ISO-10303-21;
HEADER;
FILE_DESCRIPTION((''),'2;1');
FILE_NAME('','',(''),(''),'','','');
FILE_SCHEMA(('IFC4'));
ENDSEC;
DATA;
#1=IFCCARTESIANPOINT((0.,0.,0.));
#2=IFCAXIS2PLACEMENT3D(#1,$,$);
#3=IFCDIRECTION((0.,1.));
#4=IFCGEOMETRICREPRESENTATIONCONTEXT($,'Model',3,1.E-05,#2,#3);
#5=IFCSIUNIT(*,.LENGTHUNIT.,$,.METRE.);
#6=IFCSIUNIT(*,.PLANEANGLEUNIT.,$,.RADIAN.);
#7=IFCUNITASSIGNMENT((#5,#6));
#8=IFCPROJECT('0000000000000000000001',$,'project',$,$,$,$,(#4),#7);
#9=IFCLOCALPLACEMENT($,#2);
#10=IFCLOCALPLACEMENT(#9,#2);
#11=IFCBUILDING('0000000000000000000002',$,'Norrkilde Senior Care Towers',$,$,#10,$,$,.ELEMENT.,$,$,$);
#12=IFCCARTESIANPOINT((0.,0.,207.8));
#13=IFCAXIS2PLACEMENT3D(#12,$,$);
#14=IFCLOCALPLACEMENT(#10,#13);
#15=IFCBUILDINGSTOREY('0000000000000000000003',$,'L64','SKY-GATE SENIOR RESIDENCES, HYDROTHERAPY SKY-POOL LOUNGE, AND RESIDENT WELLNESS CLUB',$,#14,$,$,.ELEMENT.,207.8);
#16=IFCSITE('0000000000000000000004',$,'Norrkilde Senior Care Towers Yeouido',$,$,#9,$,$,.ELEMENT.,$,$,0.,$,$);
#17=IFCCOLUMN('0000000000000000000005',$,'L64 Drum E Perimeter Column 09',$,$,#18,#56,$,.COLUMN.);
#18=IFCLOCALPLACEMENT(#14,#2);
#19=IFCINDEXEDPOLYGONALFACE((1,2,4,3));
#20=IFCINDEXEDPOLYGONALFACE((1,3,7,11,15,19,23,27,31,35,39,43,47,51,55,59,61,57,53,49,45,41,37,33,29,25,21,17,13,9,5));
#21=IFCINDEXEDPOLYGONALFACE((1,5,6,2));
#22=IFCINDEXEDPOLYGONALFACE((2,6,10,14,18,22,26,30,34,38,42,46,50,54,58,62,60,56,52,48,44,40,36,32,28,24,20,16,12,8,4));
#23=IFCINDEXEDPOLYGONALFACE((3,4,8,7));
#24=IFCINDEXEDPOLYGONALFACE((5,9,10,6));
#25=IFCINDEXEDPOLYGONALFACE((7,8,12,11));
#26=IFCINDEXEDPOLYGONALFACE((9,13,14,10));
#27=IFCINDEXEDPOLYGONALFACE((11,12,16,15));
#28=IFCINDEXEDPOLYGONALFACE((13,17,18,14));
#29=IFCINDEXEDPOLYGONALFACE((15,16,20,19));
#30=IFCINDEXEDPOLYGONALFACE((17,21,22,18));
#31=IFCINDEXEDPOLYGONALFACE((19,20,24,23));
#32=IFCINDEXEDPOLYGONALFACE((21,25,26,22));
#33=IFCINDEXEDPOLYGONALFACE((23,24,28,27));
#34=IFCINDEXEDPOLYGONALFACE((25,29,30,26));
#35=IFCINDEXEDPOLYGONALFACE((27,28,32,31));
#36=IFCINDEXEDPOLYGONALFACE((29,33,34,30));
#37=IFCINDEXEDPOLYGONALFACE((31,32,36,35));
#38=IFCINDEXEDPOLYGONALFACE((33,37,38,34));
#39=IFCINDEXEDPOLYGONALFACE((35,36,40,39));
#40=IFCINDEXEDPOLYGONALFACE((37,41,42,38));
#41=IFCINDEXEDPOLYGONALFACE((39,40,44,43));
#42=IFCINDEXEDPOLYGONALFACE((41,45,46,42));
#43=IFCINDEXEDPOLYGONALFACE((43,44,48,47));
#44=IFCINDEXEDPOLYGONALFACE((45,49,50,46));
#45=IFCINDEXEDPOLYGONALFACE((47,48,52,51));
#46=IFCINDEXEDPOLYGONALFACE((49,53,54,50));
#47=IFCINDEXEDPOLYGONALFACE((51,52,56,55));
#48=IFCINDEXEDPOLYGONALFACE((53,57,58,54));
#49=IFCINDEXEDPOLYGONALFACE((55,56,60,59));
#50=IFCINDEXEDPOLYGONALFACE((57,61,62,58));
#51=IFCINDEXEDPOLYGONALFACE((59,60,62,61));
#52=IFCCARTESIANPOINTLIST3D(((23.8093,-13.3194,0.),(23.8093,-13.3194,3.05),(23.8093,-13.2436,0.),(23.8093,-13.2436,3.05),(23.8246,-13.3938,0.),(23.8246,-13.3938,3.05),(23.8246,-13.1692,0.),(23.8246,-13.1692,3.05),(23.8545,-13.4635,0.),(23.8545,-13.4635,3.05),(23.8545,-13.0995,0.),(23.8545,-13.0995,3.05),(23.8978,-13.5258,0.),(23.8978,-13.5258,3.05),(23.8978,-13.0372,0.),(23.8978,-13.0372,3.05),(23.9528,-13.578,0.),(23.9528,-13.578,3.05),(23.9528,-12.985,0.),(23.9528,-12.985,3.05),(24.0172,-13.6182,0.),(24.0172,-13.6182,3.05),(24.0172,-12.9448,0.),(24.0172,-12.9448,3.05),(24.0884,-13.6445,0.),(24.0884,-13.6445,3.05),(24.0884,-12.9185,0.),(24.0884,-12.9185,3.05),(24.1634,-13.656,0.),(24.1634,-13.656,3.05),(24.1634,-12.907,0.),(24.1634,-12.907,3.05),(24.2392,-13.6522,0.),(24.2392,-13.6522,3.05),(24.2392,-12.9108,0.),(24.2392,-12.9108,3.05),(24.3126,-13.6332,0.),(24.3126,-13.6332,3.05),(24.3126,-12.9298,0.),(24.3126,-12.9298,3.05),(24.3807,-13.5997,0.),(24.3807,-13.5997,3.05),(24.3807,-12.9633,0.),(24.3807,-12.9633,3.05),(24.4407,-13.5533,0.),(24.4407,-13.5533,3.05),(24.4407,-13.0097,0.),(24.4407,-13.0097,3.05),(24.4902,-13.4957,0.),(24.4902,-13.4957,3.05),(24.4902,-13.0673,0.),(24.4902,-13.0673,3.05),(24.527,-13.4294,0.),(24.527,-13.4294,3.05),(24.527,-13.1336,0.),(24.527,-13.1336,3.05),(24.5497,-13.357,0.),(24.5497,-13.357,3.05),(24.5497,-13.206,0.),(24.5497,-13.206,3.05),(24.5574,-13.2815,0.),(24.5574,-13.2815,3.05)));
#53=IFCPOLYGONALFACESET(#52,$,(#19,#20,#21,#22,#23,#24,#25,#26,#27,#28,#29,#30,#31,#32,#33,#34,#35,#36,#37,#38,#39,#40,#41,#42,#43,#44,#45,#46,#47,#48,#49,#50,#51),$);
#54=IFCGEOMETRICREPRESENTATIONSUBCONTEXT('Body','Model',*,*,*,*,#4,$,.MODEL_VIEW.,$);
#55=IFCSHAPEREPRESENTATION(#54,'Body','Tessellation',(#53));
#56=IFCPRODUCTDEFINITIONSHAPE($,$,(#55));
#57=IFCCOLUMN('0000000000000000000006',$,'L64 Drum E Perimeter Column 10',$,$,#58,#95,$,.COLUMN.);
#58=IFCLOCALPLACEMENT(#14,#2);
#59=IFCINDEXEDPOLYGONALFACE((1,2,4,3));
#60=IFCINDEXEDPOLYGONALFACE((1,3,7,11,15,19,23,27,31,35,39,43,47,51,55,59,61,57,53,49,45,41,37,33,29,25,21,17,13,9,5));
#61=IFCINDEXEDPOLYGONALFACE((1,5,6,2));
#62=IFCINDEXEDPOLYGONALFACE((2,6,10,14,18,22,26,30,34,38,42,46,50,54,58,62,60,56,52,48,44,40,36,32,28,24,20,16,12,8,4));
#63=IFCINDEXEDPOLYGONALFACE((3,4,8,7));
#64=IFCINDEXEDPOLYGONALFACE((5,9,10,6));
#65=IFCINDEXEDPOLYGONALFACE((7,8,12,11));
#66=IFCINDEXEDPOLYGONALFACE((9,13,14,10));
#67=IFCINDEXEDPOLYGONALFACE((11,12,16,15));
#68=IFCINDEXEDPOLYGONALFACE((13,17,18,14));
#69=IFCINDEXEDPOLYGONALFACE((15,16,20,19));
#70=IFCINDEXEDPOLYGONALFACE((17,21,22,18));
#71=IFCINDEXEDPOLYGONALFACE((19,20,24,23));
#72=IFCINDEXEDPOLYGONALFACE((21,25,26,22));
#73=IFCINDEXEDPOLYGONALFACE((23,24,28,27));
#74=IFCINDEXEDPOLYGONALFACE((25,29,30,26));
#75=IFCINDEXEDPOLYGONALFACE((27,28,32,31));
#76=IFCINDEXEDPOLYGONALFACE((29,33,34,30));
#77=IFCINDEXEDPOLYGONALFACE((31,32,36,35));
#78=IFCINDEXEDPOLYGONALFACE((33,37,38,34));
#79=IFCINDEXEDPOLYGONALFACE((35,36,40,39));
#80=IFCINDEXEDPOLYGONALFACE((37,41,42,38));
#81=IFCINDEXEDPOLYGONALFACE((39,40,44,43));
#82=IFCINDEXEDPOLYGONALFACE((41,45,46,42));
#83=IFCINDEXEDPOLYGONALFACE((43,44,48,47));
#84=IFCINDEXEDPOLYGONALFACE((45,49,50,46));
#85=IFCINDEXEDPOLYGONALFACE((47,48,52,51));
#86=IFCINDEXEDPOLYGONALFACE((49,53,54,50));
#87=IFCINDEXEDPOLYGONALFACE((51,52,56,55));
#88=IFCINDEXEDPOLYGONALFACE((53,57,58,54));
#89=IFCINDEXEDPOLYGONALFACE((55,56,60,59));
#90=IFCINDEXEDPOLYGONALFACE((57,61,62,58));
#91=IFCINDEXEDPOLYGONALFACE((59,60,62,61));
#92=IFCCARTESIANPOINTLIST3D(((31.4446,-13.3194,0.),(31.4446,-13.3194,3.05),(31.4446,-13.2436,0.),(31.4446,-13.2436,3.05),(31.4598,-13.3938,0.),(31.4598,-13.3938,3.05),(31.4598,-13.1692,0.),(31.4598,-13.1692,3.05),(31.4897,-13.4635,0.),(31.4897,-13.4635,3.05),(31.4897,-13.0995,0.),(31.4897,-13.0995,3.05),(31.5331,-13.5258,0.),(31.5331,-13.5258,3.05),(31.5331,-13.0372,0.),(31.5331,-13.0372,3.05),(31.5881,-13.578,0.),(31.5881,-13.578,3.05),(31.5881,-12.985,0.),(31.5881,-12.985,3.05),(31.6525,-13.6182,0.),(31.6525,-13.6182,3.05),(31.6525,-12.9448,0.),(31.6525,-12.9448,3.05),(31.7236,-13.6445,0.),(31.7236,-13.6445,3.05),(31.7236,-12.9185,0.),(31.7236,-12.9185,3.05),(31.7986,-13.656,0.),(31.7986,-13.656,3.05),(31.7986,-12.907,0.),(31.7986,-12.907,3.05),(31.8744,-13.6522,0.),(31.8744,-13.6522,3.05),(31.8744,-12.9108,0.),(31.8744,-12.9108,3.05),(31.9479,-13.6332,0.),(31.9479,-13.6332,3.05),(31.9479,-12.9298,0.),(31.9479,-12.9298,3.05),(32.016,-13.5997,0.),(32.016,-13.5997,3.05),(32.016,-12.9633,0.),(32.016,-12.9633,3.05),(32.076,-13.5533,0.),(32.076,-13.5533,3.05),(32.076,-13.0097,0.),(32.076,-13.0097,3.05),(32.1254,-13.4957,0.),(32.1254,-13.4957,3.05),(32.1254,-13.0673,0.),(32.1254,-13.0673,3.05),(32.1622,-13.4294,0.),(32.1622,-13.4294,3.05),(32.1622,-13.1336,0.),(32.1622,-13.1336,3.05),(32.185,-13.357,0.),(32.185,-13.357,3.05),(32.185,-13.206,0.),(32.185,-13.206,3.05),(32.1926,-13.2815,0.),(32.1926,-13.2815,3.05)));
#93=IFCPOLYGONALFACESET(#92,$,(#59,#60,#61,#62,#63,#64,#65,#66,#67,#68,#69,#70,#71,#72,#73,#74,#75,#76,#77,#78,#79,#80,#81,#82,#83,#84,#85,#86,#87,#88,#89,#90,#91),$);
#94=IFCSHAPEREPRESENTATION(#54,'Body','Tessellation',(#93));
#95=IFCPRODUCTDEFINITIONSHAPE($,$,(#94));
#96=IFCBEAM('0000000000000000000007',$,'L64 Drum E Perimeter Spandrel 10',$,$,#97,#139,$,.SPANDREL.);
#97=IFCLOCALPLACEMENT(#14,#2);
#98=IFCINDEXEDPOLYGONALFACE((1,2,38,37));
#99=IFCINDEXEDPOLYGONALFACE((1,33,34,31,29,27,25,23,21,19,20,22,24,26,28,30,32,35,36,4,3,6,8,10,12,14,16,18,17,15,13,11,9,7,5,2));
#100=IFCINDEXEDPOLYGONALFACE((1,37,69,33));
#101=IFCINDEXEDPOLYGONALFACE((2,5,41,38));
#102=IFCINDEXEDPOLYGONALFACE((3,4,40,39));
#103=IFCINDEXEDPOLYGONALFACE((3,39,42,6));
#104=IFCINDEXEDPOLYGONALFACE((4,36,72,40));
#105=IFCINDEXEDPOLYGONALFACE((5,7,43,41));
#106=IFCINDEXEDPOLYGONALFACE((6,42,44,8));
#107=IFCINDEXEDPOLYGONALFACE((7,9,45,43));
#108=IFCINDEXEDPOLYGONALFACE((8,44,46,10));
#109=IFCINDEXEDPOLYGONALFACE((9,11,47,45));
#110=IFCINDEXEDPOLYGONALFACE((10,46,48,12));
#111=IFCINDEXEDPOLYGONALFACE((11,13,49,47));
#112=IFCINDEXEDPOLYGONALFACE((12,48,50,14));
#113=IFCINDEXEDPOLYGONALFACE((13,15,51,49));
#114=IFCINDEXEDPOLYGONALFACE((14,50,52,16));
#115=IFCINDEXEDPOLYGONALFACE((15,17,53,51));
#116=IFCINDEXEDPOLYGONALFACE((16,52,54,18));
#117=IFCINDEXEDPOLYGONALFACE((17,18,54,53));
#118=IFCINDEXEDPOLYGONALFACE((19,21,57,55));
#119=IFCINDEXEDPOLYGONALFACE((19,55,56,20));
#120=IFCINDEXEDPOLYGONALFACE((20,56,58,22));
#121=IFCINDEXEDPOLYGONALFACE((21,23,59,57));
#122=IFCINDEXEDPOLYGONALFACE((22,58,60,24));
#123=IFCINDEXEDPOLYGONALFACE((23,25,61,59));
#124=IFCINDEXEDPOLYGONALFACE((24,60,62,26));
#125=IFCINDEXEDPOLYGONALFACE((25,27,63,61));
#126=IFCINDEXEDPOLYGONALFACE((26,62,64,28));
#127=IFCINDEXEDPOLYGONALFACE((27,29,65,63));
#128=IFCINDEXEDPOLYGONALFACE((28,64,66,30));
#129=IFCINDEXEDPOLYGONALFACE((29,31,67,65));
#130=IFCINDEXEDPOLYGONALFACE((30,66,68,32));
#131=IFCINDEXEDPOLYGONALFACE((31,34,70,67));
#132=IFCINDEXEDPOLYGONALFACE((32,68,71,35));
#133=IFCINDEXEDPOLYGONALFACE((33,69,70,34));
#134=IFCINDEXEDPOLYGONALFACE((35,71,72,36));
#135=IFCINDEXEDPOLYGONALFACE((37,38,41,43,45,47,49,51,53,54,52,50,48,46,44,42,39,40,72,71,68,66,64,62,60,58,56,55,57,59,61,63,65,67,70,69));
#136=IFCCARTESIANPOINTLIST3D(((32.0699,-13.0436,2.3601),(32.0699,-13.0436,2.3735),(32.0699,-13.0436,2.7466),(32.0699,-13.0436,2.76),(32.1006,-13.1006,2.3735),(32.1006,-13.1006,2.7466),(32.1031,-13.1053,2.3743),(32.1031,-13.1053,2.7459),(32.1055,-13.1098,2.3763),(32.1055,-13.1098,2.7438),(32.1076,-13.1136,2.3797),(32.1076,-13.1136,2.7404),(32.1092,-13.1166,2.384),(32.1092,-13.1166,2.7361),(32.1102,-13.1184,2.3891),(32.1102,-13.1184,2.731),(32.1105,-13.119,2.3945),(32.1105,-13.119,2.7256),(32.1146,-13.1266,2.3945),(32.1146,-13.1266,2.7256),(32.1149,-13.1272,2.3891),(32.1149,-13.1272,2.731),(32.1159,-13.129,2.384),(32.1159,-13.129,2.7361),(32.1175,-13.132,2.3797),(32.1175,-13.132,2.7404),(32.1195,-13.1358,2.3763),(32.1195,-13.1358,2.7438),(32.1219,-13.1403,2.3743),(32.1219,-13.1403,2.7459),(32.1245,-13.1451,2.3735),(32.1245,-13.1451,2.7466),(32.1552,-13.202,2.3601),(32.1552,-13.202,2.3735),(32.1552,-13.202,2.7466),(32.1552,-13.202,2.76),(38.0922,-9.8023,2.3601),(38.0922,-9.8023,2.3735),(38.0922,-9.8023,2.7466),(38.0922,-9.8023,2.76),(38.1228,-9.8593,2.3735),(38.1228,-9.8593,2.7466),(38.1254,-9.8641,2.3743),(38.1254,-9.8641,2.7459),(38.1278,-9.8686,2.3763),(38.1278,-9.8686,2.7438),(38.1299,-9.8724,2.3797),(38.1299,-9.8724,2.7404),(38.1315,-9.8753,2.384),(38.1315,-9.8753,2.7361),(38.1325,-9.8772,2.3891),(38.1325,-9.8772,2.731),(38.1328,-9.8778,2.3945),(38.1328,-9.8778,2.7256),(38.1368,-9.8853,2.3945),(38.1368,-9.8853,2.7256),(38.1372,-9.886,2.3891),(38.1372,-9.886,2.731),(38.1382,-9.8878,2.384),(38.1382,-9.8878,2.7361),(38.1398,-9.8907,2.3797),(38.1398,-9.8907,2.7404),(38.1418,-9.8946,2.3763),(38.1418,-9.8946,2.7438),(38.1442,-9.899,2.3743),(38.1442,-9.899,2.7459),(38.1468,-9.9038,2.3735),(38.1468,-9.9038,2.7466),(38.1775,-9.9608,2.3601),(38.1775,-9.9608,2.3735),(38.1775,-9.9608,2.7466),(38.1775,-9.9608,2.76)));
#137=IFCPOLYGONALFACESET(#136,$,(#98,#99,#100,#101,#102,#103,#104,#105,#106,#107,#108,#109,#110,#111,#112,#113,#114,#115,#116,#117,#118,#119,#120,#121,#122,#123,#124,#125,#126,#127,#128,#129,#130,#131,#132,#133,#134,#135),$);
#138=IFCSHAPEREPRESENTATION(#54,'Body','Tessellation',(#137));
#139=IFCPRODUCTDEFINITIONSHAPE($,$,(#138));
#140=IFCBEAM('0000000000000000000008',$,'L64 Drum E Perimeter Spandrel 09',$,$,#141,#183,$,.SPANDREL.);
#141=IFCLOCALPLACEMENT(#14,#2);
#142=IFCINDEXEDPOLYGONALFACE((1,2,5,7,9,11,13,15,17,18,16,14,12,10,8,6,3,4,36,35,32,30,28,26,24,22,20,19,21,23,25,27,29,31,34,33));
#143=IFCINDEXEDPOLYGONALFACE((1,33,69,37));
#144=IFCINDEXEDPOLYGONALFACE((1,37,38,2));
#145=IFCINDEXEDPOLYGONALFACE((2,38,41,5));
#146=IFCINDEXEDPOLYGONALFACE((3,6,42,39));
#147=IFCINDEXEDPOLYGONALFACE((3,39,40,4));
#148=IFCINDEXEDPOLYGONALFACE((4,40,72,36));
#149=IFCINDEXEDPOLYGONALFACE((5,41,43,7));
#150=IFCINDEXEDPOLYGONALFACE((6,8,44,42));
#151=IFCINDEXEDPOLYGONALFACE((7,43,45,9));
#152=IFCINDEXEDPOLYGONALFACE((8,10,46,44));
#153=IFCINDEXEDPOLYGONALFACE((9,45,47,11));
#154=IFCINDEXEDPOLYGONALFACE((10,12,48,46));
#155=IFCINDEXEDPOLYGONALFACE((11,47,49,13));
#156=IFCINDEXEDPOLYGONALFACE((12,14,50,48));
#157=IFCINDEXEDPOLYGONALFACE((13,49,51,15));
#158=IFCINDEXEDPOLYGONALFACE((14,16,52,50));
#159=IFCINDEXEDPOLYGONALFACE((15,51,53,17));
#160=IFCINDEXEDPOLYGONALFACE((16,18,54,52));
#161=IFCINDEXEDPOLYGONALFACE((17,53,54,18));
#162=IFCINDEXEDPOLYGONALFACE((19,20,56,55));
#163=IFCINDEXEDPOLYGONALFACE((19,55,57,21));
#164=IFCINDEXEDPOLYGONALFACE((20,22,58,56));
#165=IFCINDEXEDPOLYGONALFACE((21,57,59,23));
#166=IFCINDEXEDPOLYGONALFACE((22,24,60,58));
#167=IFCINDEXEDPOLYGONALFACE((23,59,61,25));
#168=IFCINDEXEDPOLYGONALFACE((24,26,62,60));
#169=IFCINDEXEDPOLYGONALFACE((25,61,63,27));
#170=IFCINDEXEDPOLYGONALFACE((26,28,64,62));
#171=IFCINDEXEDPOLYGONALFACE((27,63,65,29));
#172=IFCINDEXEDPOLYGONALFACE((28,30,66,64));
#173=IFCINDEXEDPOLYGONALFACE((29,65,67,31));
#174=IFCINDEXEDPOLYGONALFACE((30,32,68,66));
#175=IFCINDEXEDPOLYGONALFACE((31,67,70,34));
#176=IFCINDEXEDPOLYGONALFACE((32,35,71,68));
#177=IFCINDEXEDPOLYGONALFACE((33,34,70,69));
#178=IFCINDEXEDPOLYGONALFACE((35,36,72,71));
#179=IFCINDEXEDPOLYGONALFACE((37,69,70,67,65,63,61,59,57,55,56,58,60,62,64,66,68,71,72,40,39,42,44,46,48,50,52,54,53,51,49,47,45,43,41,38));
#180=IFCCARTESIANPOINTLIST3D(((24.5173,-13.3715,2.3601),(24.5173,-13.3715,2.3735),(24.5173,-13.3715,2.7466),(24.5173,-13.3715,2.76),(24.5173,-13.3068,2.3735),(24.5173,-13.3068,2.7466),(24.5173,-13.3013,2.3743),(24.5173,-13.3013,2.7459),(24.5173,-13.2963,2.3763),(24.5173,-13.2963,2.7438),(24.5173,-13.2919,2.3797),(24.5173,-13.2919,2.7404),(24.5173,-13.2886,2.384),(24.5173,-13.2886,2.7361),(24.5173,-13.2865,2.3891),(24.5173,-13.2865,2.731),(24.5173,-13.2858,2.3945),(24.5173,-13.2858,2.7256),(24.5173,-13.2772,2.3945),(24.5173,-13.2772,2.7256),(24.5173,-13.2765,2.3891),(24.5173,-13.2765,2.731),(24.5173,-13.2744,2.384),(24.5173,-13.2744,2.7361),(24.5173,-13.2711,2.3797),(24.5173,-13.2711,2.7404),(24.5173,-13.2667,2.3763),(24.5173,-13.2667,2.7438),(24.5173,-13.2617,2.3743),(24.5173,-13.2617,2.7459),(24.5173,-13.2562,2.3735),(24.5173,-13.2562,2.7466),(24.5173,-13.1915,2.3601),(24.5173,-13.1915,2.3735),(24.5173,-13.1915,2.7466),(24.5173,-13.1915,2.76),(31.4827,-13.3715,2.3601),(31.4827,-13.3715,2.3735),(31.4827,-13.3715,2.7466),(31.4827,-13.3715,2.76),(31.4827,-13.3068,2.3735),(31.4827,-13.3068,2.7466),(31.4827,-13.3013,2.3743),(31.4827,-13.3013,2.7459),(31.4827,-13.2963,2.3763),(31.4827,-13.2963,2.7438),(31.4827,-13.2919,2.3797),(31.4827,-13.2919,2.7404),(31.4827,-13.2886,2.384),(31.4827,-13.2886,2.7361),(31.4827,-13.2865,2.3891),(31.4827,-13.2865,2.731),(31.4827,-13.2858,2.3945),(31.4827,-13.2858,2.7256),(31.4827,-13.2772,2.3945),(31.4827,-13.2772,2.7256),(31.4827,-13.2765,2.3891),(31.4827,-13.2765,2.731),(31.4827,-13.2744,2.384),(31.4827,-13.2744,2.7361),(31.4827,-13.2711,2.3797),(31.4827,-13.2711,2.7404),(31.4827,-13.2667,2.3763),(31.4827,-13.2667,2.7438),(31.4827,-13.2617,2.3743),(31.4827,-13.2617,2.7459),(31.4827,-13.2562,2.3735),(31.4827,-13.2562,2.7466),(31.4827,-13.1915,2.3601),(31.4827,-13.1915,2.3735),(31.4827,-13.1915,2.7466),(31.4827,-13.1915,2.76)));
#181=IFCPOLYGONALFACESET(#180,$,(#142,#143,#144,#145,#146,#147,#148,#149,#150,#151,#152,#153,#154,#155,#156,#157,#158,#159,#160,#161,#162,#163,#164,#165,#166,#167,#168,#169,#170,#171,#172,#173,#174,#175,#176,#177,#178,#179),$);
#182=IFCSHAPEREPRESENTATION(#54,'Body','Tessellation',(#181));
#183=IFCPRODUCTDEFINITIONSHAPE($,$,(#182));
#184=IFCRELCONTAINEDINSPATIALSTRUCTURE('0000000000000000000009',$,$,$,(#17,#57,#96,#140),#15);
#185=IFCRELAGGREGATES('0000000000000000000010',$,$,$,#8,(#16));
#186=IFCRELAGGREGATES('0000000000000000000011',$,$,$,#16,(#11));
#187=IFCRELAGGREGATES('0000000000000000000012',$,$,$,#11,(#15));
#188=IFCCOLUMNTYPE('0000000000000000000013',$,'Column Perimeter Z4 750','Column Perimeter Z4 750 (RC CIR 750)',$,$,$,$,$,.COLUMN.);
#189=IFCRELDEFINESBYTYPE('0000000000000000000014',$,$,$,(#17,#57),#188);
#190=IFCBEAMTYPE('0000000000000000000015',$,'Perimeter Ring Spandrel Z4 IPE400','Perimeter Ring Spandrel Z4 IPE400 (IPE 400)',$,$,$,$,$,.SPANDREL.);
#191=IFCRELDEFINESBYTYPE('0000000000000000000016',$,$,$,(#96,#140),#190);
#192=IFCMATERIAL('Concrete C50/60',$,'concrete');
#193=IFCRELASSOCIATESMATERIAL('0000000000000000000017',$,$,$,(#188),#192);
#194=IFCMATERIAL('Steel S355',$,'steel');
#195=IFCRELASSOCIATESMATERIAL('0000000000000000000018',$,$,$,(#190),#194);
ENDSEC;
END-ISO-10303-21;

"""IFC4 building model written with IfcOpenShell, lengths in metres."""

from ifc_helpers import new_model, si_unit, direction, frame, origin, origin_2d, place, context, subcontext, project, spatial, circle, i_section, extrude, source, transform, mapped, material, material_profile, profile_set, type_object, type_shapes, element, save


model = new_model("IFC4")

# Units and contexts
model_context = context("Model", 3, precision=1e-05, world=origin(), true_north=direction((0.0, 1.0)))
body_context = subcontext(model_context, "Body", "Model", "MODEL_VIEW")
ifc_project = project(units=[si_unit("LENGTHUNIT", "METRE"), si_unit("PLANEANGLEUNIT", "RADIAN")], contexts=[model_context])

# Site, building, storey
site_placement = place(None, origin())
site = spatial("IfcSite", under=ifc_project, at=site_placement, Name="Norrkilde Senior Care Towers Yeouido", CompositionType="ELEMENT", RefElevation=0.0)
building_placement = place(site_placement, origin())
building = spatial("IfcBuilding", under=site, at=building_placement, Name="Norrkilde Senior Care Towers", CompositionType="ELEMENT")
storey_placement = place(building_placement, frame((0.0, 0.0, 207.8)))
storey = spatial("IfcBuildingStorey", under=building, at=storey_placement, Name="L64", Description="SKY-GATE SENIOR RESIDENCES, HYDROTHERAPY SKY-POOL LOUNGE, AND RESIDENT WELLNESS CLUB", CompositionType="ELEMENT", Elevation=207.8)

# Columns
ifc_material_1 = material(Name="Concrete C50/60", Category="concrete")
ifc_material_profile_1 = material_profile(ifc_material_1, circle(Radius=0.375, at=origin_2d()), Name="RC CIR 750")
ifc_profile_set_1 = profile_set([ifc_material_profile_1], Name="Concrete C50/60")
column_type = type_object("IfcColumnType", Name="Column Perimeter Z4 750", Description="Column Perimeter Z4 750 (RC CIR 750)", PredefinedType="COLUMN", material=ifc_profile_set_1)
shared_shape_1 = source(origin(), body_context, "Body", "SweptSolid", [
    extrude(circle(Radius=0.375, at=origin_2d()), origin(), (0.0, 0.0, 1.0), 3.05),
])
type_shapes(column_type, [shared_shape_1])
for number, where, z_axis, x_axis, name in (
    (1, (24.1824, -13.2815, 0.0), (0.0, 0.0, 1.0), (1.0, 0.0, 0.0), "L64 Drum E Perimeter Column 09"),
    (2, (31.8176, -13.2815, 0.0), (0.0, 0.0, 1.0), (1.0, 0.0, 0.0), "L64 Drum E Perimeter Column 10"),
):
    element("IfcColumn", number, at=place(storey_placement, frame(where, z_axis=z_axis, x_axis=x_axis)), inside=storey, type_object=column_type, Name=name, PredefinedType="COLUMN", context=body_context, shape_type="MappedRepresentation", body=[
        mapped(shared_shape_1, transform((0.0, 0.0, 0.0), x_axis=(1.0, 0.0, 0.0), y_axis=(0.0, 1.0, 0.0), z_axis=(0.0, 0.0, 1.0), scale=1.0)),
    ])

# Beams
ifc_material_2 = material(Name="Steel S355", Category="steel")
ifc_material_profile_2 = material_profile(ifc_material_2, i_section(OverallWidth=0.1799, OverallDepth=0.3999, WebThickness=0.0085, FlangeThickness=0.0134, FilletRadius=0.021, at=origin_2d()), Name="IPE 400")
ifc_profile_set_2 = profile_set([ifc_material_profile_2], Name="Steel S355")
beam_type_1 = type_object("IfcBeamType", Name="Perimeter Ring Spandrel Z4 IPE400", Description="Perimeter Ring Spandrel Z4 IPE400 (IPE 400)", PredefinedType="SPANDREL", material=ifc_profile_set_2)
shared_shape_2 = source(origin(), body_context, "Body", "SweptSolid", [
    extrude(i_section(OverallWidth=0.1799, OverallDepth=0.3999, WebThickness=0.0085, FlangeThickness=0.0134, FilletRadius=0.021, at=origin_2d()), origin(), (0.0, 0.0, 1.0), 6.8391),
])
beam_1_placement = place(storey_placement, frame((32.1125, -13.1228, 2.5601), z_axis=(0.880564, 0.473927, 0.0), x_axis=(-0.473927, 0.880564, 0.0)))
element("IfcBeam", 3, at=beam_1_placement, inside=storey, type_object=beam_type_1, Name="L64 Drum E Perimeter Spandrel 10", PredefinedType="SPANDREL", context=body_context, shape_type="MappedRepresentation", body=[
    mapped(shared_shape_2, transform((0.0, 0.0, 0.0), x_axis=(1.0, 0.0, 0.0), y_axis=(0.0, 1.0, 0.0), z_axis=(0.0, 0.0, 1.0), scale=1.0)),
])
shared_shape_3 = source(origin(), body_context, "Body", "SweptSolid", [
    extrude(i_section(OverallWidth=0.1799, OverallDepth=0.3999, WebThickness=0.0085, FlangeThickness=0.0134, FilletRadius=0.021, at=origin_2d()), origin(), (0.0, 0.0, 1.0), 6.9653),
])
type_shapes(beam_type_1, [shared_shape_2, shared_shape_3])
beam_2_placement = place(storey_placement, frame((24.5173, -13.2815, 2.5601), z_axis=(1.0, 0.0, 0.0), x_axis=(0.0, 1.0, 0.0)))
element("IfcBeam", 4, at=beam_2_placement, inside=storey, type_object=beam_type_1, Name="L64 Drum E Perimeter Spandrel 09", PredefinedType="SPANDREL", context=body_context, shape_type="MappedRepresentation", body=[
    mapped(shared_shape_3, transform((0.0, 0.0, 0.0), x_axis=(1.0, 0.0, 0.0), y_axis=(0.0, 1.0, 0.0), z_axis=(0.0, 0.0, 1.0), scale=1.0)),
])

save(model, "model.ifc")
